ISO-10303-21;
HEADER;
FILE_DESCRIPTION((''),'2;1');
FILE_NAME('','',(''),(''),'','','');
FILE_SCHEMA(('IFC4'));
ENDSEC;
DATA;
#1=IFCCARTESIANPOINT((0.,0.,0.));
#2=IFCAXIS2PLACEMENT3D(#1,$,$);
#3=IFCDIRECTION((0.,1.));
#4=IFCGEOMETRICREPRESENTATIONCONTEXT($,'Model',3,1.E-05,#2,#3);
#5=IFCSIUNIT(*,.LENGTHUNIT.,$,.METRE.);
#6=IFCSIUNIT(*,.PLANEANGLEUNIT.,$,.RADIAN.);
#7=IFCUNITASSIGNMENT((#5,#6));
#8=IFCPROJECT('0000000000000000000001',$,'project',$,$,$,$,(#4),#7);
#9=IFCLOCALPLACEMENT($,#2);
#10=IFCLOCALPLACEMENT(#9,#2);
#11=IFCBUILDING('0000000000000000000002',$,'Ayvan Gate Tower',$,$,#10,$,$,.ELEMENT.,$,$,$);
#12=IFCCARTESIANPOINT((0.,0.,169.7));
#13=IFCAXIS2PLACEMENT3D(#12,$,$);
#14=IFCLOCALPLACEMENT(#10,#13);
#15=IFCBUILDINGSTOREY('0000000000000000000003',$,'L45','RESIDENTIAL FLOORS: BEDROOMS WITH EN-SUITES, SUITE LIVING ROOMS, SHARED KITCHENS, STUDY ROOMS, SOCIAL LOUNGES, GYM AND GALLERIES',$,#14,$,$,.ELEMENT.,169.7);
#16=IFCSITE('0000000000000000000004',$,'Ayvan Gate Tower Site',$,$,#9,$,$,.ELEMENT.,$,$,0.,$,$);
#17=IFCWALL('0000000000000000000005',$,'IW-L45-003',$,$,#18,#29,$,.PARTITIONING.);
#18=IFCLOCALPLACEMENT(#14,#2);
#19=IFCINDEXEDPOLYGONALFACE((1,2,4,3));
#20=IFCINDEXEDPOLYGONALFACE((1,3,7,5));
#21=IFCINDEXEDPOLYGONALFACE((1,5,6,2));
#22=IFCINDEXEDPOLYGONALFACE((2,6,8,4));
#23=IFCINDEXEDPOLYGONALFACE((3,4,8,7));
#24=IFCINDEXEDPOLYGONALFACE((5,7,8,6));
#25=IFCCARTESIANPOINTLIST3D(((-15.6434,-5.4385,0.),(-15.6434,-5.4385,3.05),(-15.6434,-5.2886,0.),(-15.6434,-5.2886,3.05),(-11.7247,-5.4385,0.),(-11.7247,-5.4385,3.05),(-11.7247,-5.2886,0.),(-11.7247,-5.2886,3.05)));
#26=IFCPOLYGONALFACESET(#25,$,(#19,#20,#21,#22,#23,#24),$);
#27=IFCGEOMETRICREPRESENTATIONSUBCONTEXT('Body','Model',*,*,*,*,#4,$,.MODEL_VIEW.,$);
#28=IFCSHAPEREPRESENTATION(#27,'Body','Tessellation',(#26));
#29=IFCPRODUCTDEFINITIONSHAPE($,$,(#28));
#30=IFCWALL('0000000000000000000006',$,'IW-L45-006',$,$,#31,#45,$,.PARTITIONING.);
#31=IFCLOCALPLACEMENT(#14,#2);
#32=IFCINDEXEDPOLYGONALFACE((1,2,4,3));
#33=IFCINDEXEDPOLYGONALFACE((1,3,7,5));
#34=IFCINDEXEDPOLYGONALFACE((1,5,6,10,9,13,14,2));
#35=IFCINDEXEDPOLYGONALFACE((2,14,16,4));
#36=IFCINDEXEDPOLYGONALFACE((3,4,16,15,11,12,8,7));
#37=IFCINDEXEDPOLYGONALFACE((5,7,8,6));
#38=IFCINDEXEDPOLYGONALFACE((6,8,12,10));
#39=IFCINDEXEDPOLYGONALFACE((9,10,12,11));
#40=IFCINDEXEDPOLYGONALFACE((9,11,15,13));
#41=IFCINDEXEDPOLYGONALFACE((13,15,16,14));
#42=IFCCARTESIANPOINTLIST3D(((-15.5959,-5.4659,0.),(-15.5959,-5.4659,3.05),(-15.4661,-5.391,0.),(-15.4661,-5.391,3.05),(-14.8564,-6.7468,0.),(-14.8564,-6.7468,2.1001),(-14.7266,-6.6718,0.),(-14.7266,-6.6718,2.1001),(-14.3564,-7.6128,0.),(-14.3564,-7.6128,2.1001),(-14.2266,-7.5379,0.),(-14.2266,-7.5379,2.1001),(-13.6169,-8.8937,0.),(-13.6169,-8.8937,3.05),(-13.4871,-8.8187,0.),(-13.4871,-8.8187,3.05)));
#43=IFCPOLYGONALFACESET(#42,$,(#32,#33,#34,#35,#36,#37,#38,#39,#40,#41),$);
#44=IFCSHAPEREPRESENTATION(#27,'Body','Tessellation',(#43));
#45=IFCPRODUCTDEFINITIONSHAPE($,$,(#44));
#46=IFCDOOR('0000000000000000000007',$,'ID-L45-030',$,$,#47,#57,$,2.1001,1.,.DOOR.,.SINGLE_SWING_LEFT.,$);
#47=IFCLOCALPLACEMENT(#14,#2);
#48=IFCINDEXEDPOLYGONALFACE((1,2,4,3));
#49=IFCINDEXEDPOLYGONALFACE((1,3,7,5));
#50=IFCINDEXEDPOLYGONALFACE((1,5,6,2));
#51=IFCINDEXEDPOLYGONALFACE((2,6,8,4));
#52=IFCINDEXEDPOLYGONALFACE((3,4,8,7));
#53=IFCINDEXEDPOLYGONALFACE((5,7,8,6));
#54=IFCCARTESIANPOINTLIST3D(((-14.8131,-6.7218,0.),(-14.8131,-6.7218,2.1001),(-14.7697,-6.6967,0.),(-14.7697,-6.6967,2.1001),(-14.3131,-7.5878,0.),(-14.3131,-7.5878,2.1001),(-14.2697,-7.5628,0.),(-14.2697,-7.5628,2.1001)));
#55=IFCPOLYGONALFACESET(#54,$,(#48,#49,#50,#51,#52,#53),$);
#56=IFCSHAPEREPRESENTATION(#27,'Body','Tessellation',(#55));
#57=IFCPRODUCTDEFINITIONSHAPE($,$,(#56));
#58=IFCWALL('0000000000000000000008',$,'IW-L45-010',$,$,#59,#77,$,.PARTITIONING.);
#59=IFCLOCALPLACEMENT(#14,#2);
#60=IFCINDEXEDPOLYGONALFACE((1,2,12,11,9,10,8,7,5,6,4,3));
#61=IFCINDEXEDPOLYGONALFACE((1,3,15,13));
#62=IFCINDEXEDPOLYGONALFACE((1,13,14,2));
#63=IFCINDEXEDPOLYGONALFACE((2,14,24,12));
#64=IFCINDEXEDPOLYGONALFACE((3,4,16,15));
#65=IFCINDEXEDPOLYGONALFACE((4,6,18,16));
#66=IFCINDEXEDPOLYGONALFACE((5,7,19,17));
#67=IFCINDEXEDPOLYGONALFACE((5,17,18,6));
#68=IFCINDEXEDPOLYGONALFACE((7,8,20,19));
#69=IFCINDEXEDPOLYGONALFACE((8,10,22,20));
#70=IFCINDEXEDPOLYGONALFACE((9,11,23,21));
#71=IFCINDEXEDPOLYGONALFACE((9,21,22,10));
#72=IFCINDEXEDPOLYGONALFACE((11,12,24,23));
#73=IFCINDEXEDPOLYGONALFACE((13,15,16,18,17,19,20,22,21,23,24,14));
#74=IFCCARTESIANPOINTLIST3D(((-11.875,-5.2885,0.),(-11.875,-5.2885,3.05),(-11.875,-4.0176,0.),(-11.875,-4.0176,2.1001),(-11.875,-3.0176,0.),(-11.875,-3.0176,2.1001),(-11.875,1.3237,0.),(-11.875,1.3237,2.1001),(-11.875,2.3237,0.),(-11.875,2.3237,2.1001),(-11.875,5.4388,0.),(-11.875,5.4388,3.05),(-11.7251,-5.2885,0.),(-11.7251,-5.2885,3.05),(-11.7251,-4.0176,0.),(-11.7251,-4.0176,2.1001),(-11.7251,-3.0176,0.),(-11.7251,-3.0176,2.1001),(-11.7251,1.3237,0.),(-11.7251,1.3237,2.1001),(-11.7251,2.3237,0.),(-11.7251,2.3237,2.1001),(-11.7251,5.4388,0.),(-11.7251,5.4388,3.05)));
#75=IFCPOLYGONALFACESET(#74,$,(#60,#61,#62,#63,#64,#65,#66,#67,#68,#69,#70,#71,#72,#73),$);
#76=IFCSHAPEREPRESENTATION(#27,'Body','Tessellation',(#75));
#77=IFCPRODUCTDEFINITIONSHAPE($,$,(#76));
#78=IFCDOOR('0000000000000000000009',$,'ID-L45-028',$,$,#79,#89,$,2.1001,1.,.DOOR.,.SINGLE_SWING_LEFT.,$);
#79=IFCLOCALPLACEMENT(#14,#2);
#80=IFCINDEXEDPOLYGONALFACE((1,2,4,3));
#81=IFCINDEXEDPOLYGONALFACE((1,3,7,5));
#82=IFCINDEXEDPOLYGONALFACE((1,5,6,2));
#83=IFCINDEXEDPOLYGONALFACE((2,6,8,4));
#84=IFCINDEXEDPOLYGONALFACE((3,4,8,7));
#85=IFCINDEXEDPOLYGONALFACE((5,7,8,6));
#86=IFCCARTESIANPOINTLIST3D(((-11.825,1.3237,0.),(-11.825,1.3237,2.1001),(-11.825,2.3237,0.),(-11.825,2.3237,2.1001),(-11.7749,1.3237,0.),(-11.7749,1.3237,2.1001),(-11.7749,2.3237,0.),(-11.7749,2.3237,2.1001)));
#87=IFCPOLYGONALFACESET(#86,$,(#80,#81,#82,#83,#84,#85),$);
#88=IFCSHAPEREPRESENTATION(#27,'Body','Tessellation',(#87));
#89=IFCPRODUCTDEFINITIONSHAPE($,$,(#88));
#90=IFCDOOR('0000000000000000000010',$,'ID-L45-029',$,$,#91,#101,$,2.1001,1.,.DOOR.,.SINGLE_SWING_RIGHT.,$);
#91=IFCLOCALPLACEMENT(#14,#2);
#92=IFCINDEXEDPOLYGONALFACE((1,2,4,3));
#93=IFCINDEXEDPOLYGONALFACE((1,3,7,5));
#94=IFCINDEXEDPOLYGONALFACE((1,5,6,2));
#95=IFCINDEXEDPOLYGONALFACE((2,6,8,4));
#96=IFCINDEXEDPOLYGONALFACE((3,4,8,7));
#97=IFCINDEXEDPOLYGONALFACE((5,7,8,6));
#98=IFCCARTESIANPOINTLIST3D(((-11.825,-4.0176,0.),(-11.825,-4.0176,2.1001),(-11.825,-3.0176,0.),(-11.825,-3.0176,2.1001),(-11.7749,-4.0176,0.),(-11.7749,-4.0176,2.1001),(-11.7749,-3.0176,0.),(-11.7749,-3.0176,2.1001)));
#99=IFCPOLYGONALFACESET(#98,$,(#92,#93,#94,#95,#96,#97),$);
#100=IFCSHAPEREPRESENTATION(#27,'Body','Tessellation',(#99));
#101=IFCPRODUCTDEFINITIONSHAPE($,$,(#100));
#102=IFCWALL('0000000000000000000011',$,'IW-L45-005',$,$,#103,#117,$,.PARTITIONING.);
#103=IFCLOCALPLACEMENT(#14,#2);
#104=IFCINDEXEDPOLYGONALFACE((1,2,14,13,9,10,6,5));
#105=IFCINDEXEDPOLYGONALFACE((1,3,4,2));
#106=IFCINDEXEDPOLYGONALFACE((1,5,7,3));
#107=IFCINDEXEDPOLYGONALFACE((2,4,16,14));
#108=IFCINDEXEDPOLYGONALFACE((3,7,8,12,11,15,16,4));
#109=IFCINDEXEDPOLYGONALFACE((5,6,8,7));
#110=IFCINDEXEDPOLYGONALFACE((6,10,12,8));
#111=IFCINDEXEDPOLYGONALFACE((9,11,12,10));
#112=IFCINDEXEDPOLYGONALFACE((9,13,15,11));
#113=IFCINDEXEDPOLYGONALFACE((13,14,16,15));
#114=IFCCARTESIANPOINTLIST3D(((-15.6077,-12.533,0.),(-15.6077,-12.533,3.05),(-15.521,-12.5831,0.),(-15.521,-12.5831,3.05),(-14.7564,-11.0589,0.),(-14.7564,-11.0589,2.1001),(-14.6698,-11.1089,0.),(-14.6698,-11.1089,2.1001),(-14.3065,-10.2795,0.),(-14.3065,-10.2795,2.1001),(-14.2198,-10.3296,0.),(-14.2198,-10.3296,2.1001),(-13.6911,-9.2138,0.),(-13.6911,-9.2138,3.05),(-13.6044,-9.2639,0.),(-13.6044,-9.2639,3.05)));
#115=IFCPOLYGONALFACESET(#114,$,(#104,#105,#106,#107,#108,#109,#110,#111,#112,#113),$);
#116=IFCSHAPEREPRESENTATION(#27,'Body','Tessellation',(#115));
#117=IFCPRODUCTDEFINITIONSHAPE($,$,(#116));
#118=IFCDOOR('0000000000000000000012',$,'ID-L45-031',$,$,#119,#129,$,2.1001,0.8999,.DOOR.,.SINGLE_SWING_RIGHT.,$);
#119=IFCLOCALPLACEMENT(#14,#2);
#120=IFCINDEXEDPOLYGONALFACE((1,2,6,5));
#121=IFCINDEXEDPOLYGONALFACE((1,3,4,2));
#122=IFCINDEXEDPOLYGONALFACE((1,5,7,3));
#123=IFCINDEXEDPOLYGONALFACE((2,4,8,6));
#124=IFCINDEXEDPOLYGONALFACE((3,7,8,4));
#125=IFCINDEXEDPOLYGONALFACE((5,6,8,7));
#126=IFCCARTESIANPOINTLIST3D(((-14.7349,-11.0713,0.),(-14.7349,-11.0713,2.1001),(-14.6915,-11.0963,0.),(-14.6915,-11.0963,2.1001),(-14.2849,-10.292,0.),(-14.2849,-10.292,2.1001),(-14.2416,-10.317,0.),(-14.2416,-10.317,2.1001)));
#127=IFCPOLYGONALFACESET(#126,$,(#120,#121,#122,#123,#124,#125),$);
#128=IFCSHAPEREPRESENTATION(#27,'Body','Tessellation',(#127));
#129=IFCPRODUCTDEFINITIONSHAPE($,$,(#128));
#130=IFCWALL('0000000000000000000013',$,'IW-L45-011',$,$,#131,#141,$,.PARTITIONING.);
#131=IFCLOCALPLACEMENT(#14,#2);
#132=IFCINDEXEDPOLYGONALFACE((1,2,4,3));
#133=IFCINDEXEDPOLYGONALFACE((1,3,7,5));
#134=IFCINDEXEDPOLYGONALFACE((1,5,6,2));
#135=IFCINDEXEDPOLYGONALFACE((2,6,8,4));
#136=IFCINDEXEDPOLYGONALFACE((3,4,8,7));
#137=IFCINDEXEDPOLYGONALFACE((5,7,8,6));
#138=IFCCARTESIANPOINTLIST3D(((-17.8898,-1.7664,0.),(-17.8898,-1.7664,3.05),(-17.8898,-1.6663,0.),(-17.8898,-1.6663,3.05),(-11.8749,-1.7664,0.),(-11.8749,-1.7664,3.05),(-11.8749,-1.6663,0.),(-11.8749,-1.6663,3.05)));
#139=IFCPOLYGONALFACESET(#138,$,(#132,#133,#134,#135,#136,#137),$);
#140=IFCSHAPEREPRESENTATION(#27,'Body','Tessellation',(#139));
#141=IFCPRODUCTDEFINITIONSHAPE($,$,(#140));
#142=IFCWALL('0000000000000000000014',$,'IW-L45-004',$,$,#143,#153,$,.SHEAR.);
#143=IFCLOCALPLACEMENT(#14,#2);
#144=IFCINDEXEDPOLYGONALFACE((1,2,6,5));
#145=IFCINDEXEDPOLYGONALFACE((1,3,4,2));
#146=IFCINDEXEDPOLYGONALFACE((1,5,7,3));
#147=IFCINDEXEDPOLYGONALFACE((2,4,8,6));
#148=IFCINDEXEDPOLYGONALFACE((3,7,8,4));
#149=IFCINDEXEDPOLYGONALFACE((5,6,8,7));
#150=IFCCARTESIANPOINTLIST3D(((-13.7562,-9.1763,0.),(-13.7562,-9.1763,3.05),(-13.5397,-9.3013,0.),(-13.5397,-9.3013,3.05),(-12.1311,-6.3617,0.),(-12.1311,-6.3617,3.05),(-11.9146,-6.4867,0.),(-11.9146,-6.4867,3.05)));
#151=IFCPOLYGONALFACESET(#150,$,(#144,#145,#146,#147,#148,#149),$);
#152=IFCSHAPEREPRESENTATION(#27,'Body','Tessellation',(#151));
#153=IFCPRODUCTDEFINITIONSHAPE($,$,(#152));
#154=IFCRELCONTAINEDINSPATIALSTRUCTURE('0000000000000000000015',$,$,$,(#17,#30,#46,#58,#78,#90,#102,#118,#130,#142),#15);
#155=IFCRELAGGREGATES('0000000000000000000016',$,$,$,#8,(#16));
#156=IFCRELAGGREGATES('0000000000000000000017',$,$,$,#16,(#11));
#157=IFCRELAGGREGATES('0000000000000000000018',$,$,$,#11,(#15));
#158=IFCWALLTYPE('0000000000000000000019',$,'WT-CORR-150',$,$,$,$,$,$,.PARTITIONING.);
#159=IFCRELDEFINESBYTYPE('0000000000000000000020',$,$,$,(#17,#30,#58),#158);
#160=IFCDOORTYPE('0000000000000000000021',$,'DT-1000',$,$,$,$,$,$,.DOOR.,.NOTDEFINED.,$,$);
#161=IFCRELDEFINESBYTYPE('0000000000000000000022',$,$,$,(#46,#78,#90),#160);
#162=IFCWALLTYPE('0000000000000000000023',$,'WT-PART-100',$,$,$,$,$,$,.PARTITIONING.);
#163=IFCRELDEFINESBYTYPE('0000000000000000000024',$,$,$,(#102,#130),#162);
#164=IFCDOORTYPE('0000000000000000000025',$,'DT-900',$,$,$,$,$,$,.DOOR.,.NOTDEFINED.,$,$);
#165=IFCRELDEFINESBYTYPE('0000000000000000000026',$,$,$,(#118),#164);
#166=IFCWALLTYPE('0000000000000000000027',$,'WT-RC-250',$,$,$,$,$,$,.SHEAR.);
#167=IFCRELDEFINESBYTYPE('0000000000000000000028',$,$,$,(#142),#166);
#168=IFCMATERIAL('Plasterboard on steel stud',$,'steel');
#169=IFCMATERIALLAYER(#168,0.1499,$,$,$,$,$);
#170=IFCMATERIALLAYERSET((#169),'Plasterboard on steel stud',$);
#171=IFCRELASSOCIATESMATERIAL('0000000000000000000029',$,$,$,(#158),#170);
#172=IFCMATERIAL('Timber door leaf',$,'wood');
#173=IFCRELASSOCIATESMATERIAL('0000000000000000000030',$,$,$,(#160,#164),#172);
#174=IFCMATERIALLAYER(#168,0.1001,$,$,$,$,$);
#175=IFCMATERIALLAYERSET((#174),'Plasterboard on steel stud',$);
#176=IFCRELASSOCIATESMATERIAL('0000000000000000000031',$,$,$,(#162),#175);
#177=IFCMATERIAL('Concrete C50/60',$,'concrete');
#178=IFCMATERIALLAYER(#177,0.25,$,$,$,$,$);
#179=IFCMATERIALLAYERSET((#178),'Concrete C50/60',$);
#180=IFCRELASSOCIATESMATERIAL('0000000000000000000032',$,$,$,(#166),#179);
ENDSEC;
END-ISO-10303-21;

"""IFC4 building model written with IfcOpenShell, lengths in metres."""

from ifc_helpers import new_model, si_unit, direction, frame, frame_2d, origin, place, context, subcontext, project, spatial, rectangle, extrude, material, layer, layer_set, type_object, element, fill, save


model = new_model("IFC4")

# Units and contexts
model_context = context("Model", 3, precision=1e-05, world=origin(), true_north=direction((0.0, 1.0)))
body_context = subcontext(model_context, "Body", "Model", "MODEL_VIEW")
ifc_project = project(units=[si_unit("LENGTHUNIT", "METRE"), si_unit("PLANEANGLEUNIT", "RADIAN")], contexts=[model_context])

# Site, building, storey
site_placement = place(None, origin())
site = spatial("IfcSite", under=ifc_project, at=site_placement, Name="Ayvan Gate Tower Site", CompositionType="ELEMENT", RefElevation=0.0)
building_placement = place(site_placement, origin())
building = spatial("IfcBuilding", under=site, at=building_placement, Name="Ayvan Gate Tower", CompositionType="ELEMENT")
storey_placement = place(building_placement, frame((0.0, 0.0, 169.7)))
storey = spatial("IfcBuildingStorey", under=building, at=storey_placement, Name="L45", Description="RESIDENTIAL FLOORS: BEDROOMS WITH EN-SUITES, SUITE LIVING ROOMS, SHARED KITCHENS, STUDY ROOMS, SOCIAL LOUNGES, GYM AND GALLERIES", CompositionType="ELEMENT", Elevation=169.7)

# Wall
ifc_material_1 = material(Name="Plasterboard on steel stud", Category="steel")
ifc_layer_1 = layer(ifc_material_1, 0.1499)
ifc_layer_set_1 = layer_set([ifc_layer_1], Name="Plasterboard on steel stud")
wall_type_1 = type_object("IfcWallType", Name="WT-CORR-150", PredefinedType="PARTITIONING", material=ifc_layer_set_1)
wall_1_placement = place(storey_placement, frame((-15.6436, -5.3635, 0.0), z_axis=(0.0, 0.0, 1.0), x_axis=(1.0, 0.0, 0.0)))
element("IfcWall", 1, at=wall_1_placement, inside=storey, type_object=wall_type_1, Name="IW-L45-003", PredefinedType="PARTITIONING", context=body_context, shape_type="SweptSolid", body=[
    extrude(rectangle(XDim=3.9187, YDim=0.1499, at=frame_2d((1.9595, 0.0))), origin(), (0.0, 0.0, 1.0), 3.05),
])

# Wall, opening, door
wall_2_placement = place(storey_placement, frame((-13.552, -8.8562, 0.0), z_axis=(0.0, 0.0, 1.0), x_axis=(-0.5, 0.866025, 0.0)))
wall_2 = element("IfcWall", 2, at=wall_2_placement, inside=storey, type_object=wall_type_1, Name="IW-L45-006", PredefinedType="PARTITIONING", context=body_context, shape_type="SweptSolid", body=[
    extrude(rectangle(XDim=3.958, YDim=0.1499, at=frame_2d((1.979, 0.0))), origin(), (0.0, 0.0, 1.0), 3.05),
])
opening_1_placement = place(wall_2_placement, frame((1.479, 0.0, 0.0)))
opening_1 = element("IfcOpeningElement", 3, at=opening_1_placement, cuts=wall_2, PredefinedType="OPENING", context=body_context, shape_type="SweptSolid", body=[
    extrude(rectangle(XDim=1.0, YDim=2.1001, at=frame_2d((0.5, 1.05))), frame((0.0, 0.085, 0.0), z_axis=(0.0, -1.0, 0.0), x_axis=(1.0, 0.0, 0.0)), (0.0, 0.0, 1.0), 0.1699),
])
ifc_material_2 = material(Name="Timber door leaf", Category="wood")
door_type_1 = type_object("IfcDoorType", Name="DT-1000", OperationType="NOTDEFINED", PredefinedType="DOOR", material=ifc_material_2)
door_1_placement = place(opening_1_placement, origin())
door_1 = element("IfcDoor", 4, at=door_1_placement, inside=storey, type_object=door_type_1, Name="ID-L45-030", OperationType="SINGLE_SWING_LEFT", OverallHeight=2.1001, OverallWidth=1.0, PredefinedType="DOOR", context=body_context, shape_type="SweptSolid", body=[
    extrude(rectangle(XDim=1.0, YDim=2.1001, at=frame_2d((0.5, 1.05))), frame((0.0, 0.0249, 0.0), z_axis=(0.0, -1.0, 0.0), x_axis=(1.0, 0.0, 0.0)), (0.0, 0.0, 1.0), 0.05),
])
fill(opening_1, door_1)

# Wall, openings, doors
wall_3_placement = place(storey_placement, frame((-11.8, -5.2886, 0.0), z_axis=(0.0, 0.0, 1.0), x_axis=(0.0, 1.0, 0.0)))
wall_3 = element("IfcWall", 5, at=wall_3_placement, inside=storey, type_object=wall_type_1, Name="IW-L45-010", PredefinedType="PARTITIONING", context=body_context, shape_type="SweptSolid", body=[
    extrude(rectangle(XDim=10.7273, YDim=0.1499, at=frame_2d((5.3638, 0.0))), origin(), (0.0, 0.0, 1.0), 3.05),
])
opening_2_placement = place(wall_3_placement, frame((6.6123, 0.0, 0.0)))
opening_2 = element("IfcOpeningElement", 6, at=opening_2_placement, cuts=wall_3, PredefinedType="OPENING", context=body_context, shape_type="SweptSolid", body=[
    extrude(rectangle(XDim=1.0, YDim=2.1001, at=frame_2d((0.5, 1.05))), frame((0.0, 0.085, 0.0), z_axis=(0.0, -1.0, 0.0), x_axis=(1.0, 0.0, 0.0)), (0.0, 0.0, 1.0), 0.1699),
])
opening_3_placement = place(wall_3_placement, frame((1.271, 0.0, 0.0)))
opening_3 = element("IfcOpeningElement", 7, at=opening_3_placement, cuts=wall_3, PredefinedType="OPENING", context=body_context, shape_type="SweptSolid", body=[
    extrude(rectangle(XDim=1.0, YDim=2.1001, at=frame_2d((0.5, 1.05))), frame((0.0, 0.085, 0.0), z_axis=(0.0, -1.0, 0.0), x_axis=(1.0, 0.0, 0.0)), (0.0, 0.0, 1.0), 0.1699),
])
door_2_placement = place(opening_2_placement, origin())
door_2 = element("IfcDoor", 8, at=door_2_placement, inside=storey, type_object=door_type_1, Name="ID-L45-028", OperationType="SINGLE_SWING_LEFT", OverallHeight=2.1001, OverallWidth=1.0, PredefinedType="DOOR", context=body_context, shape_type="SweptSolid", body=[
    extrude(rectangle(XDim=1.0, YDim=2.1001, at=frame_2d((0.5, 1.05))), frame((0.0, 0.0249, 0.0), z_axis=(0.0, -1.0, 0.0), x_axis=(1.0, 0.0, 0.0)), (0.0, 0.0, 1.0), 0.05),
])
fill(opening_2, door_2)
door_3_placement = place(opening_3_placement, origin())
door_3 = element("IfcDoor", 9, at=door_3_placement, inside=storey, type_object=door_type_1, Name="ID-L45-029", OperationType="SINGLE_SWING_RIGHT", OverallHeight=2.1001, OverallWidth=1.0, PredefinedType="DOOR", context=body_context, shape_type="SweptSolid", body=[
    extrude(rectangle(XDim=1.0, YDim=2.1001, at=frame_2d((0.5, 1.05))), frame((0.0, 0.0249, 0.0), z_axis=(0.0, -1.0, 0.0), x_axis=(1.0, 0.0, 0.0)), (0.0, 0.0, 1.0), 0.05),
])
fill(opening_3, door_3)

# Wall, opening, door
ifc_layer_2 = layer(ifc_material_1, 0.1001)
ifc_layer_set_2 = layer_set([ifc_layer_2], Name="Plasterboard on steel stud")
wall_type_2 = type_object("IfcWallType", Name="WT-PART-100", PredefinedType="PARTITIONING", material=ifc_layer_set_2)
wall_4_placement = place(storey_placement, frame((-13.6477, -9.2388, 0.0), z_axis=(0.0, 0.0, 1.0), x_axis=(-0.500044, -0.866, 0.0)))
wall_4 = element("IfcWall", 10, at=wall_4_placement, inside=storey, type_object=wall_type_2, Name="IW-L45-005", PredefinedType="PARTITIONING", context=body_context, shape_type="SweptSolid", body=[
    extrude(rectangle(XDim=3.8328, YDim=0.1001, at=frame_2d((1.9165, 0.0))), origin(), (0.0, 0.0, 1.0), 3.05),
])
opening_4_placement = place(wall_4_placement, frame((1.2307, 0.0, 0.0)))
opening_4 = element("IfcOpeningElement", 11, at=opening_4_placement, cuts=wall_4, PredefinedType="OPENING", context=body_context, shape_type="SweptSolid", body=[
    extrude(rectangle(XDim=0.8999, YDim=2.1001, at=frame_2d((0.45, 1.05))), frame((0.0, 0.0601, 0.0), z_axis=(0.0, -1.0, 0.0), x_axis=(1.0, 0.0, 0.0)), (0.0, 0.0, 1.0), 0.1201),
])
door_type_2 = type_object("IfcDoorType", Name="DT-900", OperationType="NOTDEFINED", PredefinedType="DOOR", material=ifc_material_2)
door_4_placement = place(opening_4_placement, origin())
door_4 = element("IfcDoor", 12, at=door_4_placement, inside=storey, type_object=door_type_2, Name="ID-L45-031", OperationType="SINGLE_SWING_RIGHT", OverallHeight=2.1001, OverallWidth=0.8999, PredefinedType="DOOR", context=body_context, shape_type="SweptSolid", body=[
    extrude(rectangle(XDim=0.8999, YDim=2.1001, at=frame_2d((0.45, 1.05))), frame((0.0, 0.0249, 0.0), z_axis=(0.0, -1.0, 0.0), x_axis=(1.0, 0.0, 0.0)), (0.0, 0.0, 1.0), 0.05),
])
fill(opening_4, door_4)

# Walls
wall_5_placement = place(storey_placement, frame((-11.875, -1.7163, 0.0), z_axis=(0.0, 0.0, 1.0), x_axis=(-1.0, 0.0, 0.0)))
element("IfcWall", 13, at=wall_5_placement, inside=storey, type_object=wall_type_2, Name="IW-L45-011", PredefinedType="PARTITIONING", context=body_context, shape_type="SweptSolid", body=[
    extrude(rectangle(XDim=6.0149, YDim=0.1001, at=frame_2d((3.0073, 0.0))), origin(), (0.0, 0.0, 1.0), 3.05),
])
ifc_material_3 = material(Name="Concrete C50/60", Category="concrete")
ifc_layer_3 = layer(ifc_material_3, 0.25)
ifc_layer_set_3 = layer_set([ifc_layer_3], Name="Concrete C50/60")
wall_type_3 = type_object("IfcWallType", Name="WT-RC-250", PredefinedType="SHEAR", material=ifc_layer_set_3)
wall_6_placement = place(storey_placement, frame((-13.6479, -9.2388, 0.0), z_axis=(0.0, 0.0, 1.0), x_axis=(0.500017, 0.866015, 0.0)))
element("IfcWall", 14, at=wall_6_placement, inside=storey, type_object=wall_type_3, Name="IW-L45-004", PredefinedType="SHEAR", context=body_context, shape_type="SweptSolid", body=[
    extrude(rectangle(XDim=3.25, YDim=0.25, at=frame_2d((1.625, 0.0))), origin(), (0.0, 0.0, 1.0), 3.05),
])

save(model, "model.ifc")
